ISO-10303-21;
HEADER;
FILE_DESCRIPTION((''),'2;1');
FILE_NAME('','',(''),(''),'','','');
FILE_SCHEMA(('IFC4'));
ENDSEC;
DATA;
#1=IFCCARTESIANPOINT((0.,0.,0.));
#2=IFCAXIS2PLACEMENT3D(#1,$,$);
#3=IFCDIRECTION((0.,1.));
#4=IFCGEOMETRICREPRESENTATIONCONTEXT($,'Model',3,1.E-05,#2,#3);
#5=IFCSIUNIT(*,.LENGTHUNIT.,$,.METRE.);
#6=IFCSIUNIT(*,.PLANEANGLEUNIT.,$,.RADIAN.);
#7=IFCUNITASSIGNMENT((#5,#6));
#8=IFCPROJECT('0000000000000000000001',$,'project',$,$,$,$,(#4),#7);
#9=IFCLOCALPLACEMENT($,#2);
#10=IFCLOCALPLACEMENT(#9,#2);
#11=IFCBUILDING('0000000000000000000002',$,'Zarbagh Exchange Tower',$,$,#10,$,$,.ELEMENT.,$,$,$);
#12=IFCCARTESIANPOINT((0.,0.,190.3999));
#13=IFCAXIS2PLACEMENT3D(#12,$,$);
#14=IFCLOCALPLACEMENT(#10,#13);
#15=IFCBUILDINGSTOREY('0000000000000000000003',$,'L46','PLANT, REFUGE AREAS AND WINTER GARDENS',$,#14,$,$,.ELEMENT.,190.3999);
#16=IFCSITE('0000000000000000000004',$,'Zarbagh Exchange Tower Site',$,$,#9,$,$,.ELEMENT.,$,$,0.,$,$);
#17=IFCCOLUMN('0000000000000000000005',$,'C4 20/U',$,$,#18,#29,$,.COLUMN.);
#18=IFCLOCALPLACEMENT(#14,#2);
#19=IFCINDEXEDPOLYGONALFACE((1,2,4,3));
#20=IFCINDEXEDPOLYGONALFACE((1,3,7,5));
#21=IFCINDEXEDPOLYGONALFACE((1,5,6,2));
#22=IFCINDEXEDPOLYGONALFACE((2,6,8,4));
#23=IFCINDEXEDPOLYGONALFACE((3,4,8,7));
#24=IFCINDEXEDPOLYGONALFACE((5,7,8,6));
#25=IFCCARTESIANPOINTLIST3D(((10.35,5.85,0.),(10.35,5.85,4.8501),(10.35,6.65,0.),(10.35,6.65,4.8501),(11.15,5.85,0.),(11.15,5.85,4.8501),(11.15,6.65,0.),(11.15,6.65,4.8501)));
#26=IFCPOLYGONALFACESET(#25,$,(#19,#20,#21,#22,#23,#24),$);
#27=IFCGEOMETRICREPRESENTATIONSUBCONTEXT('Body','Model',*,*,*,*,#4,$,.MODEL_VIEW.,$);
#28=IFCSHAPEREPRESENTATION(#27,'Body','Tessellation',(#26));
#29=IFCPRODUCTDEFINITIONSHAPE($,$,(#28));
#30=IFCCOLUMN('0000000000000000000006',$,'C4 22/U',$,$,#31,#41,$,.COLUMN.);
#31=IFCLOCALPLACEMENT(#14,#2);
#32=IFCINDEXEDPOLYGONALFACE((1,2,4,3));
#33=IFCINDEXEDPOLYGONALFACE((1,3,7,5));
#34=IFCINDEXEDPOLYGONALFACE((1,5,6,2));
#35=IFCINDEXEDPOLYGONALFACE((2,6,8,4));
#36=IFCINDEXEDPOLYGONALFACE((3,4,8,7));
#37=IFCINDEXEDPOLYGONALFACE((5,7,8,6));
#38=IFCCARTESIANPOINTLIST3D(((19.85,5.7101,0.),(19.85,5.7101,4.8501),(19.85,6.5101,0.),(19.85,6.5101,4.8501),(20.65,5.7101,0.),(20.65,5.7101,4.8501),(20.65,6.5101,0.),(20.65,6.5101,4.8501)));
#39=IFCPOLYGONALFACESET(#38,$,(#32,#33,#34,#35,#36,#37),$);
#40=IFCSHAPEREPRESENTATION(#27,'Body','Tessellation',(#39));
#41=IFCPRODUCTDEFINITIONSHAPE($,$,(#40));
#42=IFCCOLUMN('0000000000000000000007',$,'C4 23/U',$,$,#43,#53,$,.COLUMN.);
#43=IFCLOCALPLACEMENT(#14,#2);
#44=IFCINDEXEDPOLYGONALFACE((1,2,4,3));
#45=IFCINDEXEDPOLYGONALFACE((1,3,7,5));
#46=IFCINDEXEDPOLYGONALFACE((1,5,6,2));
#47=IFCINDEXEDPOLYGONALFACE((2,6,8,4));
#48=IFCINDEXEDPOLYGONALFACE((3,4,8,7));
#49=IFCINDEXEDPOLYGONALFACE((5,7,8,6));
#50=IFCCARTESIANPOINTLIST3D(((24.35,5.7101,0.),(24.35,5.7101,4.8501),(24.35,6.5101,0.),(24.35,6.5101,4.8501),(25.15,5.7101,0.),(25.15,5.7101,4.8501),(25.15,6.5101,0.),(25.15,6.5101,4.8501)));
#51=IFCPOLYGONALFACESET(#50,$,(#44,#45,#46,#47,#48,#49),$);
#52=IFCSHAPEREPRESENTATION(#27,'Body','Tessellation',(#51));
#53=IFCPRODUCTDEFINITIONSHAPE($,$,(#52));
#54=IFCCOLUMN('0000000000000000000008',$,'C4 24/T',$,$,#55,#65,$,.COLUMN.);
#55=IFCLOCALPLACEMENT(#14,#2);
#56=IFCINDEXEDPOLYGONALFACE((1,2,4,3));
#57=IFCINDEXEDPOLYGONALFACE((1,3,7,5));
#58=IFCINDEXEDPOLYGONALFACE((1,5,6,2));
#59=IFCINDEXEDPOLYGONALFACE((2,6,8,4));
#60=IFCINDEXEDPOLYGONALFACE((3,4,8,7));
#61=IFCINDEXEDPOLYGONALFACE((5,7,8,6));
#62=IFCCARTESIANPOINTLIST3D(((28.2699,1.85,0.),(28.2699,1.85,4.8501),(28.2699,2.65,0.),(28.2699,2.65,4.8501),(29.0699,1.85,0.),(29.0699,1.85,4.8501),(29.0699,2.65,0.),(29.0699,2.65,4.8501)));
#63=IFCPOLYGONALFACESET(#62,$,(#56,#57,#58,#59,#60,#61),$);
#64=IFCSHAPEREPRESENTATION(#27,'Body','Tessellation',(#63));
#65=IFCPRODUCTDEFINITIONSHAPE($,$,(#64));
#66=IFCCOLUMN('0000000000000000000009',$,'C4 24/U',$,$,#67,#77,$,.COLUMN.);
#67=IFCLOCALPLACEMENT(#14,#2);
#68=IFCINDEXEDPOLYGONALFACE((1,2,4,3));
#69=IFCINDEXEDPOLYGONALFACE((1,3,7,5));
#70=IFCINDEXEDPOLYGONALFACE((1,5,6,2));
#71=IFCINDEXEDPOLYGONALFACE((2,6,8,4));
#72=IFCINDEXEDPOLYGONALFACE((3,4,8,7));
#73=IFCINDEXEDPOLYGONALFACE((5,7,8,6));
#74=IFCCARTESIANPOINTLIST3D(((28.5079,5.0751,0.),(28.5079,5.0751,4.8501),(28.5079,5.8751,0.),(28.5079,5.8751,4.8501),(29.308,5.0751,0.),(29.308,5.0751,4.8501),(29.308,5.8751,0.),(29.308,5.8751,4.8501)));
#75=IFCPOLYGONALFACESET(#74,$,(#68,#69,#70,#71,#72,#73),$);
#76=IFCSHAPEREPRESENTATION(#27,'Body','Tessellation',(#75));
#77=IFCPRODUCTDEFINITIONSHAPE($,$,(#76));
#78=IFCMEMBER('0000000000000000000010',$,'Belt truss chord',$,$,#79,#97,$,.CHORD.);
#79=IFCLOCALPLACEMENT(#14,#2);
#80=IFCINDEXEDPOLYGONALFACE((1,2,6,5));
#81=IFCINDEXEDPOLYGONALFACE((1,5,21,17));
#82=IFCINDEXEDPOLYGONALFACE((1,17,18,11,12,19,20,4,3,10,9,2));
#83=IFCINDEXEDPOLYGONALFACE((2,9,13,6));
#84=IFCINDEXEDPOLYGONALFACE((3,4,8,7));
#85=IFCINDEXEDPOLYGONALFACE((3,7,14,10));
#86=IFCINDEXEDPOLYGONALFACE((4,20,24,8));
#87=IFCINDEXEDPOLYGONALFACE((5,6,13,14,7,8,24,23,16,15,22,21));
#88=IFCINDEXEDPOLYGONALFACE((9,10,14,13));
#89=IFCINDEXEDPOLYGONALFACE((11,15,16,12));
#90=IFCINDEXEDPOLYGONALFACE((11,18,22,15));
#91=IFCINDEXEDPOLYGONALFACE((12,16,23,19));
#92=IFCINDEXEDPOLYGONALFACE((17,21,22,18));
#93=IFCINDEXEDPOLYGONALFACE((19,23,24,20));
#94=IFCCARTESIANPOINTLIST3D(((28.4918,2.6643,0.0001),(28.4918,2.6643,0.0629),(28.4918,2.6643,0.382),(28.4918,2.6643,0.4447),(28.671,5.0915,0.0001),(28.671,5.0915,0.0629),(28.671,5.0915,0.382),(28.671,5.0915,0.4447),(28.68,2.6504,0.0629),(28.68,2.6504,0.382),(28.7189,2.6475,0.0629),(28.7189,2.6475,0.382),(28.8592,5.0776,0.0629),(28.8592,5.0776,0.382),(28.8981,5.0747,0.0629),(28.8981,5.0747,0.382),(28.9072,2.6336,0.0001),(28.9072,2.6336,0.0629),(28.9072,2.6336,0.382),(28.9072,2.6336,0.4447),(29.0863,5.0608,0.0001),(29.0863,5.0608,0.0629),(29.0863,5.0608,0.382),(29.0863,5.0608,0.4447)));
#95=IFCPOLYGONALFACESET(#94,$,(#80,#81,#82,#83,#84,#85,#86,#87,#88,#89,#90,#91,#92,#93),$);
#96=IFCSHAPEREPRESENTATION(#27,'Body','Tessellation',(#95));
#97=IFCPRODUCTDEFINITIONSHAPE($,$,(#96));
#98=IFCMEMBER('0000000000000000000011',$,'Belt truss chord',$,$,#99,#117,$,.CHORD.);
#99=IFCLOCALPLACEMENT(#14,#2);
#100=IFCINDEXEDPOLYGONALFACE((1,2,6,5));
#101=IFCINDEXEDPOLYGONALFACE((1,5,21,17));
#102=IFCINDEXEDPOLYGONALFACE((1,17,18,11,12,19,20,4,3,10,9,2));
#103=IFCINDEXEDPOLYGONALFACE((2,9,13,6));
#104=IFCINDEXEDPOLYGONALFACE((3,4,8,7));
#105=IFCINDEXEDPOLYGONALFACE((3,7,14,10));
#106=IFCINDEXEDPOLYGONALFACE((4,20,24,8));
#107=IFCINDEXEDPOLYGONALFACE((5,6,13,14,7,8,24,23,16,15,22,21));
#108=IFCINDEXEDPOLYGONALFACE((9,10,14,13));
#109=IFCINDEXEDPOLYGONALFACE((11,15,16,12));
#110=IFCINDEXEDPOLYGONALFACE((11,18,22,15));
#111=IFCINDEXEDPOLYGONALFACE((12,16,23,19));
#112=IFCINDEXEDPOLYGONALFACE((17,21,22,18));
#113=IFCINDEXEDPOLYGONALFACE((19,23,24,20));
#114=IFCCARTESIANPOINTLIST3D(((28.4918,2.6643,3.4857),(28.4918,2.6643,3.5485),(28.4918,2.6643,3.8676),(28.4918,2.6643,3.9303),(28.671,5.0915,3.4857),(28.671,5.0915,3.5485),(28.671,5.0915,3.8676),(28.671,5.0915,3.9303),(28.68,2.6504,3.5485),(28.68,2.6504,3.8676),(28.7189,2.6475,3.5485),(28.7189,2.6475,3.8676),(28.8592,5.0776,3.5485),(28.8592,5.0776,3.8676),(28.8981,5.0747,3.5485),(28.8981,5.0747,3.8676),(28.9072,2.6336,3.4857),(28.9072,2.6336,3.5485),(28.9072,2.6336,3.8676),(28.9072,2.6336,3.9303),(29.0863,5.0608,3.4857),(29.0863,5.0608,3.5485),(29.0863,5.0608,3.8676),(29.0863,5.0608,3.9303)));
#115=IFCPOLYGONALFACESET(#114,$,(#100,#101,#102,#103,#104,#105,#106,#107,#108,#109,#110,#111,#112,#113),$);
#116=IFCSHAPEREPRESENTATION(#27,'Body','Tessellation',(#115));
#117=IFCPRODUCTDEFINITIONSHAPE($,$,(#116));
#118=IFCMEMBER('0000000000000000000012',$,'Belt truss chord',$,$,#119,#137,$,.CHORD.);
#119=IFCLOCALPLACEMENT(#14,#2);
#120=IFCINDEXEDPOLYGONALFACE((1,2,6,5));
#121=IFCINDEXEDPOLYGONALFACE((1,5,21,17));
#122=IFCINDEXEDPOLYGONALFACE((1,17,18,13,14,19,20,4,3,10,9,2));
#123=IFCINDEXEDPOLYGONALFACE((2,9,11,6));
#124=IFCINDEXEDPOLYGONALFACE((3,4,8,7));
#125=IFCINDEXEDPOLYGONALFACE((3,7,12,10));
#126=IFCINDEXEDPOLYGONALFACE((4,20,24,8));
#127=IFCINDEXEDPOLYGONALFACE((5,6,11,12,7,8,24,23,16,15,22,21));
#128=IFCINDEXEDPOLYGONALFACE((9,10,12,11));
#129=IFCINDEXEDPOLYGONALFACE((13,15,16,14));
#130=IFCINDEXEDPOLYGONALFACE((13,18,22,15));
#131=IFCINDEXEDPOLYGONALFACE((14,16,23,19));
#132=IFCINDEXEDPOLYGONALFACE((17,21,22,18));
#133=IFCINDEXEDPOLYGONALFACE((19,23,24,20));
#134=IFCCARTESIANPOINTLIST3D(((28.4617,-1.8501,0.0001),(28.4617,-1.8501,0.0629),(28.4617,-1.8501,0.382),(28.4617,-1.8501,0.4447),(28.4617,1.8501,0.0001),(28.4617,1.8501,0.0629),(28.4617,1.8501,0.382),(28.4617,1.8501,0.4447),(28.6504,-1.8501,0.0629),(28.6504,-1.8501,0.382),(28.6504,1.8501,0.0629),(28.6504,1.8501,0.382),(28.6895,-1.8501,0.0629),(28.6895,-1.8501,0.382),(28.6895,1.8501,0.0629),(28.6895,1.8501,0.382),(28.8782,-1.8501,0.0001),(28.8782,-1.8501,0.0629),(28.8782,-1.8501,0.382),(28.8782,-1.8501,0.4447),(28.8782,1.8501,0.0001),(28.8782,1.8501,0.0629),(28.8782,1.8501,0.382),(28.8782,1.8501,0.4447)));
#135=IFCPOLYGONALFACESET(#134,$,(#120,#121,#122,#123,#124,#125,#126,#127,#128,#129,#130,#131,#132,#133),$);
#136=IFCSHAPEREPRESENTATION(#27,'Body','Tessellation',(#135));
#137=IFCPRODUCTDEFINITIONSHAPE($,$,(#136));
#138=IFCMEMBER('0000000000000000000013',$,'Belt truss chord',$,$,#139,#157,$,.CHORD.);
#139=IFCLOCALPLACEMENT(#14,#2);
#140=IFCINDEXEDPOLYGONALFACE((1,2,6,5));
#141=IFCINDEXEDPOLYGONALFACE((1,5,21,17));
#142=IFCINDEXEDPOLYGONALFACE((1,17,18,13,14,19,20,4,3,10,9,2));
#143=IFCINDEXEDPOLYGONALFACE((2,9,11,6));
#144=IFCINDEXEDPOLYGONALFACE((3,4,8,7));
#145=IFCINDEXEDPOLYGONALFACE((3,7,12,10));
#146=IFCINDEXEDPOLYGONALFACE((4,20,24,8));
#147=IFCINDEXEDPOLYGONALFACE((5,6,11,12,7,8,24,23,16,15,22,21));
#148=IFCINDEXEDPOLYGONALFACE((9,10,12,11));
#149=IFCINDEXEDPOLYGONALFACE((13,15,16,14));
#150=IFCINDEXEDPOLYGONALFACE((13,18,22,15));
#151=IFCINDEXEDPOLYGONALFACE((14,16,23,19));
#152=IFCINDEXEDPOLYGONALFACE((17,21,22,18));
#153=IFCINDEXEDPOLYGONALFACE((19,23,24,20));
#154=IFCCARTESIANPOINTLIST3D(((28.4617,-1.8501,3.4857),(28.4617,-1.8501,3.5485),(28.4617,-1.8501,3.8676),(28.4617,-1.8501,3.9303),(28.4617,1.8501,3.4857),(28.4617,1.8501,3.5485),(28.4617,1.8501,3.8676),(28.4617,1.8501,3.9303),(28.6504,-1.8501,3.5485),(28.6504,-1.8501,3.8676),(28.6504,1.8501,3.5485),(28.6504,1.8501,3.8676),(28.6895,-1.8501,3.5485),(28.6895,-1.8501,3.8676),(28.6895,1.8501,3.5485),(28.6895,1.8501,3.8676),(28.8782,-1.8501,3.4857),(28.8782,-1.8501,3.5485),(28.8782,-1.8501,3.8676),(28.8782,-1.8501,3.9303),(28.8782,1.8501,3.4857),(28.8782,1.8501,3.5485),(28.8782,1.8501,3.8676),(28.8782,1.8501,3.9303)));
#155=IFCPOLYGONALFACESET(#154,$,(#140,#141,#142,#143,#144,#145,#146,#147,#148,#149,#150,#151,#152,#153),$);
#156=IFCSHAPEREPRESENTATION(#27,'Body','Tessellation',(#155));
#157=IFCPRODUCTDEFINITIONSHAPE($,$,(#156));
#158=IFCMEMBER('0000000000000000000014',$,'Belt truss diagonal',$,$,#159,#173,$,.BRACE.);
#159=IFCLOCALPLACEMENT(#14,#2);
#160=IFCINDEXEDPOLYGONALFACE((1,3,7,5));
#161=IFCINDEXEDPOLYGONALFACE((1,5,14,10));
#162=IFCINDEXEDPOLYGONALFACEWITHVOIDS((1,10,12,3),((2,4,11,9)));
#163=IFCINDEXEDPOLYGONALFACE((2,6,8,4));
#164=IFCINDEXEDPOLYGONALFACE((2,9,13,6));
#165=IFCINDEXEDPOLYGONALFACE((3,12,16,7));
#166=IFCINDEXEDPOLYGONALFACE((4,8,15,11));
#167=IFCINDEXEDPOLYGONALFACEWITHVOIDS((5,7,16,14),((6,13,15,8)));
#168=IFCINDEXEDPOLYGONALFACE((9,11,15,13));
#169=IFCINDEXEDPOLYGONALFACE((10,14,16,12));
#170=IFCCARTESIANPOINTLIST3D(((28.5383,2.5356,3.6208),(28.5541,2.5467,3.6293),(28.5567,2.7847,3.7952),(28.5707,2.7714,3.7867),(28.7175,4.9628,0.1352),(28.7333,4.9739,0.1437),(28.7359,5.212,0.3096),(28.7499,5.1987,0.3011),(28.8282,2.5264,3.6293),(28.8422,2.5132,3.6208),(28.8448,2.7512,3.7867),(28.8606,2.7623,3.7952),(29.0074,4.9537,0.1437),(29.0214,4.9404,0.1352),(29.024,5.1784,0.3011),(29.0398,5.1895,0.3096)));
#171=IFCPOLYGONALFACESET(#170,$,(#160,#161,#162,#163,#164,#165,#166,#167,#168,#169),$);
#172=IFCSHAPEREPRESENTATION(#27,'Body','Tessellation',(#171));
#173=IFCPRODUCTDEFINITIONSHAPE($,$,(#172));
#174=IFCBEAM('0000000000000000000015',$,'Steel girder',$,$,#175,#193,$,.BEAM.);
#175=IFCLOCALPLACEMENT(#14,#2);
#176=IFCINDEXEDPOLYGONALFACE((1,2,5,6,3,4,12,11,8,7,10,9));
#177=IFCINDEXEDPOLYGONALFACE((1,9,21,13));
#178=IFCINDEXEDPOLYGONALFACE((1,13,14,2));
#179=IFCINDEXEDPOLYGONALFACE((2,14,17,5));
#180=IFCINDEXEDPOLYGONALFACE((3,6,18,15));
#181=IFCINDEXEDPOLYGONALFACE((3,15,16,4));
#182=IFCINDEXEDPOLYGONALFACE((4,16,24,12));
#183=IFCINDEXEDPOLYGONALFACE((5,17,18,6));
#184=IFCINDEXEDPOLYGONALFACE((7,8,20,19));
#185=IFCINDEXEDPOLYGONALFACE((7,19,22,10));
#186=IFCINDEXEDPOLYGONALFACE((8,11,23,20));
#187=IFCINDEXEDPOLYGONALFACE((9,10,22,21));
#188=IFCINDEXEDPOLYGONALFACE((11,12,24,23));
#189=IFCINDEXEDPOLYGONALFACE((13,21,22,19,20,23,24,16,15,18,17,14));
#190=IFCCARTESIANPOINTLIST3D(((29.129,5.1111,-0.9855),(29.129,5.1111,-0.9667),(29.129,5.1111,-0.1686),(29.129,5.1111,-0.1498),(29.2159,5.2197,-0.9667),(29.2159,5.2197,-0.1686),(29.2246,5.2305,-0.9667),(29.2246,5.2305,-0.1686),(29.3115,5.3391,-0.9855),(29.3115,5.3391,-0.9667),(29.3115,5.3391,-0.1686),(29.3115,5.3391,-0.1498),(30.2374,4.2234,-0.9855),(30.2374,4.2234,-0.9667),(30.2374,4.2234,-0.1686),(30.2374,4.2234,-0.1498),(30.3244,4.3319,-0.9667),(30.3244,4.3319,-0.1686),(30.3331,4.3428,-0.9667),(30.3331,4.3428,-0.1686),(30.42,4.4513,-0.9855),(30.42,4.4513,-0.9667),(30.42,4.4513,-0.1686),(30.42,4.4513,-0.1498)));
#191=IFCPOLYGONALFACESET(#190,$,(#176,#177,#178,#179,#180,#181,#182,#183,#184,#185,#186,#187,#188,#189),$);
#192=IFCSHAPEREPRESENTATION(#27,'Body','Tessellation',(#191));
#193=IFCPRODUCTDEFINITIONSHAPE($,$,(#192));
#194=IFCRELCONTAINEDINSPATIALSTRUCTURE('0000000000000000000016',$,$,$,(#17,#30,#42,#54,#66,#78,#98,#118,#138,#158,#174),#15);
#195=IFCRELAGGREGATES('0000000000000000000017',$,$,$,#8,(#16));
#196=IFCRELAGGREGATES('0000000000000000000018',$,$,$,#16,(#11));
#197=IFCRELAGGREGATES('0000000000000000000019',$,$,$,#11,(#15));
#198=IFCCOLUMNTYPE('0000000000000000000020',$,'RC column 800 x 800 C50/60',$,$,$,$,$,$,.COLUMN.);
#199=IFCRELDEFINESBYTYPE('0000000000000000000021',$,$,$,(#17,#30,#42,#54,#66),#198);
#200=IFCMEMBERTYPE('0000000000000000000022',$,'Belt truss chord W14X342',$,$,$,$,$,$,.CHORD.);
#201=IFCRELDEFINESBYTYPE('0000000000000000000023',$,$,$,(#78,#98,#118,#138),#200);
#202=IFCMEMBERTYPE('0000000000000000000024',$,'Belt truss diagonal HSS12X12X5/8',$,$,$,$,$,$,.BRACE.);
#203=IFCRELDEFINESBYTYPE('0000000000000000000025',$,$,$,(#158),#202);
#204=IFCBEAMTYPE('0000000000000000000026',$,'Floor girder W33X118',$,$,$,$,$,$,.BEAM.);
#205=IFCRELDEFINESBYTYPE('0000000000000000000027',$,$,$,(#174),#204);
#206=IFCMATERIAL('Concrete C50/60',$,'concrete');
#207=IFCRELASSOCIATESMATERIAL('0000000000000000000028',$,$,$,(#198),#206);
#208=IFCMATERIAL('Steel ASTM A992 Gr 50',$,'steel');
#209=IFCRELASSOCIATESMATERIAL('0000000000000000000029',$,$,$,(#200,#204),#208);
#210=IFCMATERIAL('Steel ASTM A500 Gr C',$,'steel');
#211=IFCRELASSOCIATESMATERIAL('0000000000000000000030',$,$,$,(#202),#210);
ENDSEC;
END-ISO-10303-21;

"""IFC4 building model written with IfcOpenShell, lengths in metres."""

from ifc_helpers import new_model, si_unit, direction, frame, origin, origin_2d, place, context, subcontext, project, spatial, rectangle, hollow_rectangle, i_section, extrude, material, material_profile, profile_set, type_object, element, save


model = new_model("IFC4")

# Units and contexts
model_context = context("Model", 3, precision=1e-05, world=origin(), true_north=direction((0.0, 1.0)))
body_context = subcontext(model_context, "Body", "Model", "MODEL_VIEW")
ifc_project = project(units=[si_unit("LENGTHUNIT", "METRE"), si_unit("PLANEANGLEUNIT", "RADIAN")], contexts=[model_context])

# Site, building, storey
site_placement = place(None, origin())
site = spatial("IfcSite", under=ifc_project, at=site_placement, Name="Zarbagh Exchange Tower Site", CompositionType="ELEMENT", RefElevation=0.0)
building_placement = place(site_placement, origin())
building = spatial("IfcBuilding", under=site, at=building_placement, Name="Zarbagh Exchange Tower", CompositionType="ELEMENT")
storey_placement = place(building_placement, frame((0.0, 0.0, 190.3999)))
storey = spatial("IfcBuildingStorey", under=building, at=storey_placement, Name="L46", Description="PLANT, REFUGE AREAS AND WINTER GARDENS", CompositionType="ELEMENT", Elevation=190.3999)

# Columns
ifc_material_1 = material(Name="Concrete C50/60", Category="concrete")
ifc_material_profile_1 = material_profile(ifc_material_1, rectangle(XDim=0.8, YDim=0.8, at=origin_2d()), Name="RC column 800 x 800 C50/60")
ifc_profile_set_1 = profile_set([ifc_material_profile_1], Name="Concrete C50/60")
column_type = type_object("IfcColumnType", Name="RC column 800 x 800 C50/60", PredefinedType="COLUMN", material=ifc_profile_set_1)
for number, where, z_axis, x_axis, name in (
    (1, (10.75, 6.25, 0.0), (0.0, 0.0, 1.0), (1.0, 0.0, 0.0), "C4 20/U"),
    (2, (20.25, 6.1101, 0.0), (0.0, 0.0, 1.0), (1.0, 0.0, 0.0), "C4 22/U"),
    (3, (24.75, 6.1101, 0.0), (0.0, 0.0, 1.0), (1.0, 0.0, 0.0), "C4 23/U"),
    (4, (28.6699, 2.25, 0.0), (0.0, 0.0, 1.0), (1.0, 0.0, 0.0), "C4 24/T"),
    (5, (28.908, 5.4751, 0.0), (0.0, 0.0, 1.0), (1.0, 0.0, 0.0), "C4 24/U"),
):
    element("IfcColumn", number, at=place(storey_placement, frame(where, z_axis=z_axis, x_axis=x_axis)), inside=storey, type_object=column_type, Name=name, PredefinedType="COLUMN", context=body_context, shape_type="SweptSolid", body=[
        extrude(rectangle(XDim=0.8, YDim=0.8, at=origin_2d()), origin(), (0.0, 0.0, 1.0), 4.8501),
    ])

# Members
ifc_material_2 = material(Name="Steel ASTM A992 Gr 50", Category="steel")
ifc_material_profile_2 = material_profile(ifc_material_2, i_section(OverallWidth=0.4165, OverallDepth=0.4446, WebThickness=0.0391, FlangeThickness=0.0627, at=origin_2d()), Name="W14X342")
ifc_profile_set_2 = profile_set([ifc_material_profile_2], Name="Steel ASTM A992 Gr 50")
member_type_1 = type_object("IfcMemberType", Name="Belt truss chord W14X342", PredefinedType="CHORD", material=ifc_profile_set_2)
for number, where, z_axis, x_axis, name in (
    (6, (28.8787, 5.0762, 0.2224), (-0.073628, -0.997286, 0.0), (0.997286, -0.073628, 0.0), "Belt truss chord"),
    (7, (28.8787, 5.0762, 3.708), (-0.073628, -0.997286, 0.0), (0.997286, -0.073628, 0.0), "Belt truss chord"),
):
    element("IfcMember", number, at=place(storey_placement, frame(where, z_axis=z_axis, x_axis=x_axis)), inside=storey, type_object=member_type_1, Name=name, PredefinedType="CHORD", context=body_context, shape_type="SweptSolid", body=[
        extrude(i_section(OverallWidth=0.4165, OverallDepth=0.4446, WebThickness=0.0391, FlangeThickness=0.0627, at=origin_2d()), origin(), (0.0, 0.0, 1.0), 2.4338),
    ])
for number, where, z_axis, x_axis, name in (
    (8, (28.6699, 1.8501, 0.2224), (0.0, -1.0, 0.0), (1.0, 0.0, 0.0), "Belt truss chord"),
    (9, (28.6699, 1.8501, 3.708), (0.0, -1.0, 0.0), (1.0, 0.0, 0.0), "Belt truss chord"),
):
    element("IfcMember", number, at=place(storey_placement, frame(where, z_axis=z_axis, x_axis=x_axis)), inside=storey, type_object=member_type_1, Name=name, PredefinedType="CHORD", context=body_context, shape_type="SweptSolid", body=[
        extrude(i_section(OverallWidth=0.4165, OverallDepth=0.4446, WebThickness=0.0391, FlangeThickness=0.0627, at=origin_2d()), origin(), (0.0, 0.0, 1.0), 3.7002),
    ])
ifc_material_3 = material(Name="Steel ASTM A500 Gr C", Category="steel")
ifc_material_profile_3 = material_profile(ifc_material_3, hollow_rectangle(XDim=0.3047, YDim=0.3047, WallThickness=0.0149, at=origin_2d()), Name="HSS12X12X5/8")
ifc_profile_set_3 = profile_set([ifc_material_profile_3], Name="Steel ASTM A500 Gr C")
member_type_2 = type_object("IfcMemberType", Name="Belt truss diagonal HSS12X12X5/8", PredefinedType="BRACE", material=ifc_profile_set_3)
member_1_placement = place(storey_placement, frame((28.8787, 5.0762, 0.2224), z_axis=(-0.042152, -0.570951, 0.819902), x_axis=(0.997286, -0.073628, 0.0)))
element("IfcMember", 10, at=member_1_placement, inside=storey, type_object=member_type_2, Name="Belt truss diagonal", PredefinedType="BRACE", context=body_context, shape_type="SweptSolid", body=[
    extrude(hollow_rectangle(XDim=0.3047, YDim=0.3047, WallThickness=0.0149, at=origin_2d()), origin(), (0.0, 0.0, 1.0), 4.2512),
])

# Beam
ifc_material_profile_4 = material_profile(ifc_material_2, i_section(OverallWidth=0.292, OverallDepth=0.8357, WebThickness=0.0139, FlangeThickness=0.0188, at=origin_2d()), Name="W33X118")
ifc_profile_set_4 = profile_set([ifc_material_profile_4], Name="Steel ASTM A992 Gr 50")
beam_type_1 = type_object("IfcBeamType", Name="Floor girder W33X118", PredefinedType="BEAM", material=ifc_profile_set_4)
beam_1_placement = place(storey_placement, frame((29.2202, 5.2251, -0.5676), z_axis=(0.780533, -0.625114, 0.0), x_axis=(0.625114, 0.780533, 0.0)))
element("IfcBeam", 11, at=beam_1_placement, inside=storey, type_object=beam_type_1, Name="Steel girder", PredefinedType="BEAM", context=body_context, shape_type="SweptSolid", body=[
    extrude(i_section(OverallWidth=0.292, OverallDepth=0.8357, WebThickness=0.0139, FlangeThickness=0.0188, at=origin_2d()), origin(), (0.0, 0.0, 1.0), 1.4202),
])

save(model, "model.ifc")
